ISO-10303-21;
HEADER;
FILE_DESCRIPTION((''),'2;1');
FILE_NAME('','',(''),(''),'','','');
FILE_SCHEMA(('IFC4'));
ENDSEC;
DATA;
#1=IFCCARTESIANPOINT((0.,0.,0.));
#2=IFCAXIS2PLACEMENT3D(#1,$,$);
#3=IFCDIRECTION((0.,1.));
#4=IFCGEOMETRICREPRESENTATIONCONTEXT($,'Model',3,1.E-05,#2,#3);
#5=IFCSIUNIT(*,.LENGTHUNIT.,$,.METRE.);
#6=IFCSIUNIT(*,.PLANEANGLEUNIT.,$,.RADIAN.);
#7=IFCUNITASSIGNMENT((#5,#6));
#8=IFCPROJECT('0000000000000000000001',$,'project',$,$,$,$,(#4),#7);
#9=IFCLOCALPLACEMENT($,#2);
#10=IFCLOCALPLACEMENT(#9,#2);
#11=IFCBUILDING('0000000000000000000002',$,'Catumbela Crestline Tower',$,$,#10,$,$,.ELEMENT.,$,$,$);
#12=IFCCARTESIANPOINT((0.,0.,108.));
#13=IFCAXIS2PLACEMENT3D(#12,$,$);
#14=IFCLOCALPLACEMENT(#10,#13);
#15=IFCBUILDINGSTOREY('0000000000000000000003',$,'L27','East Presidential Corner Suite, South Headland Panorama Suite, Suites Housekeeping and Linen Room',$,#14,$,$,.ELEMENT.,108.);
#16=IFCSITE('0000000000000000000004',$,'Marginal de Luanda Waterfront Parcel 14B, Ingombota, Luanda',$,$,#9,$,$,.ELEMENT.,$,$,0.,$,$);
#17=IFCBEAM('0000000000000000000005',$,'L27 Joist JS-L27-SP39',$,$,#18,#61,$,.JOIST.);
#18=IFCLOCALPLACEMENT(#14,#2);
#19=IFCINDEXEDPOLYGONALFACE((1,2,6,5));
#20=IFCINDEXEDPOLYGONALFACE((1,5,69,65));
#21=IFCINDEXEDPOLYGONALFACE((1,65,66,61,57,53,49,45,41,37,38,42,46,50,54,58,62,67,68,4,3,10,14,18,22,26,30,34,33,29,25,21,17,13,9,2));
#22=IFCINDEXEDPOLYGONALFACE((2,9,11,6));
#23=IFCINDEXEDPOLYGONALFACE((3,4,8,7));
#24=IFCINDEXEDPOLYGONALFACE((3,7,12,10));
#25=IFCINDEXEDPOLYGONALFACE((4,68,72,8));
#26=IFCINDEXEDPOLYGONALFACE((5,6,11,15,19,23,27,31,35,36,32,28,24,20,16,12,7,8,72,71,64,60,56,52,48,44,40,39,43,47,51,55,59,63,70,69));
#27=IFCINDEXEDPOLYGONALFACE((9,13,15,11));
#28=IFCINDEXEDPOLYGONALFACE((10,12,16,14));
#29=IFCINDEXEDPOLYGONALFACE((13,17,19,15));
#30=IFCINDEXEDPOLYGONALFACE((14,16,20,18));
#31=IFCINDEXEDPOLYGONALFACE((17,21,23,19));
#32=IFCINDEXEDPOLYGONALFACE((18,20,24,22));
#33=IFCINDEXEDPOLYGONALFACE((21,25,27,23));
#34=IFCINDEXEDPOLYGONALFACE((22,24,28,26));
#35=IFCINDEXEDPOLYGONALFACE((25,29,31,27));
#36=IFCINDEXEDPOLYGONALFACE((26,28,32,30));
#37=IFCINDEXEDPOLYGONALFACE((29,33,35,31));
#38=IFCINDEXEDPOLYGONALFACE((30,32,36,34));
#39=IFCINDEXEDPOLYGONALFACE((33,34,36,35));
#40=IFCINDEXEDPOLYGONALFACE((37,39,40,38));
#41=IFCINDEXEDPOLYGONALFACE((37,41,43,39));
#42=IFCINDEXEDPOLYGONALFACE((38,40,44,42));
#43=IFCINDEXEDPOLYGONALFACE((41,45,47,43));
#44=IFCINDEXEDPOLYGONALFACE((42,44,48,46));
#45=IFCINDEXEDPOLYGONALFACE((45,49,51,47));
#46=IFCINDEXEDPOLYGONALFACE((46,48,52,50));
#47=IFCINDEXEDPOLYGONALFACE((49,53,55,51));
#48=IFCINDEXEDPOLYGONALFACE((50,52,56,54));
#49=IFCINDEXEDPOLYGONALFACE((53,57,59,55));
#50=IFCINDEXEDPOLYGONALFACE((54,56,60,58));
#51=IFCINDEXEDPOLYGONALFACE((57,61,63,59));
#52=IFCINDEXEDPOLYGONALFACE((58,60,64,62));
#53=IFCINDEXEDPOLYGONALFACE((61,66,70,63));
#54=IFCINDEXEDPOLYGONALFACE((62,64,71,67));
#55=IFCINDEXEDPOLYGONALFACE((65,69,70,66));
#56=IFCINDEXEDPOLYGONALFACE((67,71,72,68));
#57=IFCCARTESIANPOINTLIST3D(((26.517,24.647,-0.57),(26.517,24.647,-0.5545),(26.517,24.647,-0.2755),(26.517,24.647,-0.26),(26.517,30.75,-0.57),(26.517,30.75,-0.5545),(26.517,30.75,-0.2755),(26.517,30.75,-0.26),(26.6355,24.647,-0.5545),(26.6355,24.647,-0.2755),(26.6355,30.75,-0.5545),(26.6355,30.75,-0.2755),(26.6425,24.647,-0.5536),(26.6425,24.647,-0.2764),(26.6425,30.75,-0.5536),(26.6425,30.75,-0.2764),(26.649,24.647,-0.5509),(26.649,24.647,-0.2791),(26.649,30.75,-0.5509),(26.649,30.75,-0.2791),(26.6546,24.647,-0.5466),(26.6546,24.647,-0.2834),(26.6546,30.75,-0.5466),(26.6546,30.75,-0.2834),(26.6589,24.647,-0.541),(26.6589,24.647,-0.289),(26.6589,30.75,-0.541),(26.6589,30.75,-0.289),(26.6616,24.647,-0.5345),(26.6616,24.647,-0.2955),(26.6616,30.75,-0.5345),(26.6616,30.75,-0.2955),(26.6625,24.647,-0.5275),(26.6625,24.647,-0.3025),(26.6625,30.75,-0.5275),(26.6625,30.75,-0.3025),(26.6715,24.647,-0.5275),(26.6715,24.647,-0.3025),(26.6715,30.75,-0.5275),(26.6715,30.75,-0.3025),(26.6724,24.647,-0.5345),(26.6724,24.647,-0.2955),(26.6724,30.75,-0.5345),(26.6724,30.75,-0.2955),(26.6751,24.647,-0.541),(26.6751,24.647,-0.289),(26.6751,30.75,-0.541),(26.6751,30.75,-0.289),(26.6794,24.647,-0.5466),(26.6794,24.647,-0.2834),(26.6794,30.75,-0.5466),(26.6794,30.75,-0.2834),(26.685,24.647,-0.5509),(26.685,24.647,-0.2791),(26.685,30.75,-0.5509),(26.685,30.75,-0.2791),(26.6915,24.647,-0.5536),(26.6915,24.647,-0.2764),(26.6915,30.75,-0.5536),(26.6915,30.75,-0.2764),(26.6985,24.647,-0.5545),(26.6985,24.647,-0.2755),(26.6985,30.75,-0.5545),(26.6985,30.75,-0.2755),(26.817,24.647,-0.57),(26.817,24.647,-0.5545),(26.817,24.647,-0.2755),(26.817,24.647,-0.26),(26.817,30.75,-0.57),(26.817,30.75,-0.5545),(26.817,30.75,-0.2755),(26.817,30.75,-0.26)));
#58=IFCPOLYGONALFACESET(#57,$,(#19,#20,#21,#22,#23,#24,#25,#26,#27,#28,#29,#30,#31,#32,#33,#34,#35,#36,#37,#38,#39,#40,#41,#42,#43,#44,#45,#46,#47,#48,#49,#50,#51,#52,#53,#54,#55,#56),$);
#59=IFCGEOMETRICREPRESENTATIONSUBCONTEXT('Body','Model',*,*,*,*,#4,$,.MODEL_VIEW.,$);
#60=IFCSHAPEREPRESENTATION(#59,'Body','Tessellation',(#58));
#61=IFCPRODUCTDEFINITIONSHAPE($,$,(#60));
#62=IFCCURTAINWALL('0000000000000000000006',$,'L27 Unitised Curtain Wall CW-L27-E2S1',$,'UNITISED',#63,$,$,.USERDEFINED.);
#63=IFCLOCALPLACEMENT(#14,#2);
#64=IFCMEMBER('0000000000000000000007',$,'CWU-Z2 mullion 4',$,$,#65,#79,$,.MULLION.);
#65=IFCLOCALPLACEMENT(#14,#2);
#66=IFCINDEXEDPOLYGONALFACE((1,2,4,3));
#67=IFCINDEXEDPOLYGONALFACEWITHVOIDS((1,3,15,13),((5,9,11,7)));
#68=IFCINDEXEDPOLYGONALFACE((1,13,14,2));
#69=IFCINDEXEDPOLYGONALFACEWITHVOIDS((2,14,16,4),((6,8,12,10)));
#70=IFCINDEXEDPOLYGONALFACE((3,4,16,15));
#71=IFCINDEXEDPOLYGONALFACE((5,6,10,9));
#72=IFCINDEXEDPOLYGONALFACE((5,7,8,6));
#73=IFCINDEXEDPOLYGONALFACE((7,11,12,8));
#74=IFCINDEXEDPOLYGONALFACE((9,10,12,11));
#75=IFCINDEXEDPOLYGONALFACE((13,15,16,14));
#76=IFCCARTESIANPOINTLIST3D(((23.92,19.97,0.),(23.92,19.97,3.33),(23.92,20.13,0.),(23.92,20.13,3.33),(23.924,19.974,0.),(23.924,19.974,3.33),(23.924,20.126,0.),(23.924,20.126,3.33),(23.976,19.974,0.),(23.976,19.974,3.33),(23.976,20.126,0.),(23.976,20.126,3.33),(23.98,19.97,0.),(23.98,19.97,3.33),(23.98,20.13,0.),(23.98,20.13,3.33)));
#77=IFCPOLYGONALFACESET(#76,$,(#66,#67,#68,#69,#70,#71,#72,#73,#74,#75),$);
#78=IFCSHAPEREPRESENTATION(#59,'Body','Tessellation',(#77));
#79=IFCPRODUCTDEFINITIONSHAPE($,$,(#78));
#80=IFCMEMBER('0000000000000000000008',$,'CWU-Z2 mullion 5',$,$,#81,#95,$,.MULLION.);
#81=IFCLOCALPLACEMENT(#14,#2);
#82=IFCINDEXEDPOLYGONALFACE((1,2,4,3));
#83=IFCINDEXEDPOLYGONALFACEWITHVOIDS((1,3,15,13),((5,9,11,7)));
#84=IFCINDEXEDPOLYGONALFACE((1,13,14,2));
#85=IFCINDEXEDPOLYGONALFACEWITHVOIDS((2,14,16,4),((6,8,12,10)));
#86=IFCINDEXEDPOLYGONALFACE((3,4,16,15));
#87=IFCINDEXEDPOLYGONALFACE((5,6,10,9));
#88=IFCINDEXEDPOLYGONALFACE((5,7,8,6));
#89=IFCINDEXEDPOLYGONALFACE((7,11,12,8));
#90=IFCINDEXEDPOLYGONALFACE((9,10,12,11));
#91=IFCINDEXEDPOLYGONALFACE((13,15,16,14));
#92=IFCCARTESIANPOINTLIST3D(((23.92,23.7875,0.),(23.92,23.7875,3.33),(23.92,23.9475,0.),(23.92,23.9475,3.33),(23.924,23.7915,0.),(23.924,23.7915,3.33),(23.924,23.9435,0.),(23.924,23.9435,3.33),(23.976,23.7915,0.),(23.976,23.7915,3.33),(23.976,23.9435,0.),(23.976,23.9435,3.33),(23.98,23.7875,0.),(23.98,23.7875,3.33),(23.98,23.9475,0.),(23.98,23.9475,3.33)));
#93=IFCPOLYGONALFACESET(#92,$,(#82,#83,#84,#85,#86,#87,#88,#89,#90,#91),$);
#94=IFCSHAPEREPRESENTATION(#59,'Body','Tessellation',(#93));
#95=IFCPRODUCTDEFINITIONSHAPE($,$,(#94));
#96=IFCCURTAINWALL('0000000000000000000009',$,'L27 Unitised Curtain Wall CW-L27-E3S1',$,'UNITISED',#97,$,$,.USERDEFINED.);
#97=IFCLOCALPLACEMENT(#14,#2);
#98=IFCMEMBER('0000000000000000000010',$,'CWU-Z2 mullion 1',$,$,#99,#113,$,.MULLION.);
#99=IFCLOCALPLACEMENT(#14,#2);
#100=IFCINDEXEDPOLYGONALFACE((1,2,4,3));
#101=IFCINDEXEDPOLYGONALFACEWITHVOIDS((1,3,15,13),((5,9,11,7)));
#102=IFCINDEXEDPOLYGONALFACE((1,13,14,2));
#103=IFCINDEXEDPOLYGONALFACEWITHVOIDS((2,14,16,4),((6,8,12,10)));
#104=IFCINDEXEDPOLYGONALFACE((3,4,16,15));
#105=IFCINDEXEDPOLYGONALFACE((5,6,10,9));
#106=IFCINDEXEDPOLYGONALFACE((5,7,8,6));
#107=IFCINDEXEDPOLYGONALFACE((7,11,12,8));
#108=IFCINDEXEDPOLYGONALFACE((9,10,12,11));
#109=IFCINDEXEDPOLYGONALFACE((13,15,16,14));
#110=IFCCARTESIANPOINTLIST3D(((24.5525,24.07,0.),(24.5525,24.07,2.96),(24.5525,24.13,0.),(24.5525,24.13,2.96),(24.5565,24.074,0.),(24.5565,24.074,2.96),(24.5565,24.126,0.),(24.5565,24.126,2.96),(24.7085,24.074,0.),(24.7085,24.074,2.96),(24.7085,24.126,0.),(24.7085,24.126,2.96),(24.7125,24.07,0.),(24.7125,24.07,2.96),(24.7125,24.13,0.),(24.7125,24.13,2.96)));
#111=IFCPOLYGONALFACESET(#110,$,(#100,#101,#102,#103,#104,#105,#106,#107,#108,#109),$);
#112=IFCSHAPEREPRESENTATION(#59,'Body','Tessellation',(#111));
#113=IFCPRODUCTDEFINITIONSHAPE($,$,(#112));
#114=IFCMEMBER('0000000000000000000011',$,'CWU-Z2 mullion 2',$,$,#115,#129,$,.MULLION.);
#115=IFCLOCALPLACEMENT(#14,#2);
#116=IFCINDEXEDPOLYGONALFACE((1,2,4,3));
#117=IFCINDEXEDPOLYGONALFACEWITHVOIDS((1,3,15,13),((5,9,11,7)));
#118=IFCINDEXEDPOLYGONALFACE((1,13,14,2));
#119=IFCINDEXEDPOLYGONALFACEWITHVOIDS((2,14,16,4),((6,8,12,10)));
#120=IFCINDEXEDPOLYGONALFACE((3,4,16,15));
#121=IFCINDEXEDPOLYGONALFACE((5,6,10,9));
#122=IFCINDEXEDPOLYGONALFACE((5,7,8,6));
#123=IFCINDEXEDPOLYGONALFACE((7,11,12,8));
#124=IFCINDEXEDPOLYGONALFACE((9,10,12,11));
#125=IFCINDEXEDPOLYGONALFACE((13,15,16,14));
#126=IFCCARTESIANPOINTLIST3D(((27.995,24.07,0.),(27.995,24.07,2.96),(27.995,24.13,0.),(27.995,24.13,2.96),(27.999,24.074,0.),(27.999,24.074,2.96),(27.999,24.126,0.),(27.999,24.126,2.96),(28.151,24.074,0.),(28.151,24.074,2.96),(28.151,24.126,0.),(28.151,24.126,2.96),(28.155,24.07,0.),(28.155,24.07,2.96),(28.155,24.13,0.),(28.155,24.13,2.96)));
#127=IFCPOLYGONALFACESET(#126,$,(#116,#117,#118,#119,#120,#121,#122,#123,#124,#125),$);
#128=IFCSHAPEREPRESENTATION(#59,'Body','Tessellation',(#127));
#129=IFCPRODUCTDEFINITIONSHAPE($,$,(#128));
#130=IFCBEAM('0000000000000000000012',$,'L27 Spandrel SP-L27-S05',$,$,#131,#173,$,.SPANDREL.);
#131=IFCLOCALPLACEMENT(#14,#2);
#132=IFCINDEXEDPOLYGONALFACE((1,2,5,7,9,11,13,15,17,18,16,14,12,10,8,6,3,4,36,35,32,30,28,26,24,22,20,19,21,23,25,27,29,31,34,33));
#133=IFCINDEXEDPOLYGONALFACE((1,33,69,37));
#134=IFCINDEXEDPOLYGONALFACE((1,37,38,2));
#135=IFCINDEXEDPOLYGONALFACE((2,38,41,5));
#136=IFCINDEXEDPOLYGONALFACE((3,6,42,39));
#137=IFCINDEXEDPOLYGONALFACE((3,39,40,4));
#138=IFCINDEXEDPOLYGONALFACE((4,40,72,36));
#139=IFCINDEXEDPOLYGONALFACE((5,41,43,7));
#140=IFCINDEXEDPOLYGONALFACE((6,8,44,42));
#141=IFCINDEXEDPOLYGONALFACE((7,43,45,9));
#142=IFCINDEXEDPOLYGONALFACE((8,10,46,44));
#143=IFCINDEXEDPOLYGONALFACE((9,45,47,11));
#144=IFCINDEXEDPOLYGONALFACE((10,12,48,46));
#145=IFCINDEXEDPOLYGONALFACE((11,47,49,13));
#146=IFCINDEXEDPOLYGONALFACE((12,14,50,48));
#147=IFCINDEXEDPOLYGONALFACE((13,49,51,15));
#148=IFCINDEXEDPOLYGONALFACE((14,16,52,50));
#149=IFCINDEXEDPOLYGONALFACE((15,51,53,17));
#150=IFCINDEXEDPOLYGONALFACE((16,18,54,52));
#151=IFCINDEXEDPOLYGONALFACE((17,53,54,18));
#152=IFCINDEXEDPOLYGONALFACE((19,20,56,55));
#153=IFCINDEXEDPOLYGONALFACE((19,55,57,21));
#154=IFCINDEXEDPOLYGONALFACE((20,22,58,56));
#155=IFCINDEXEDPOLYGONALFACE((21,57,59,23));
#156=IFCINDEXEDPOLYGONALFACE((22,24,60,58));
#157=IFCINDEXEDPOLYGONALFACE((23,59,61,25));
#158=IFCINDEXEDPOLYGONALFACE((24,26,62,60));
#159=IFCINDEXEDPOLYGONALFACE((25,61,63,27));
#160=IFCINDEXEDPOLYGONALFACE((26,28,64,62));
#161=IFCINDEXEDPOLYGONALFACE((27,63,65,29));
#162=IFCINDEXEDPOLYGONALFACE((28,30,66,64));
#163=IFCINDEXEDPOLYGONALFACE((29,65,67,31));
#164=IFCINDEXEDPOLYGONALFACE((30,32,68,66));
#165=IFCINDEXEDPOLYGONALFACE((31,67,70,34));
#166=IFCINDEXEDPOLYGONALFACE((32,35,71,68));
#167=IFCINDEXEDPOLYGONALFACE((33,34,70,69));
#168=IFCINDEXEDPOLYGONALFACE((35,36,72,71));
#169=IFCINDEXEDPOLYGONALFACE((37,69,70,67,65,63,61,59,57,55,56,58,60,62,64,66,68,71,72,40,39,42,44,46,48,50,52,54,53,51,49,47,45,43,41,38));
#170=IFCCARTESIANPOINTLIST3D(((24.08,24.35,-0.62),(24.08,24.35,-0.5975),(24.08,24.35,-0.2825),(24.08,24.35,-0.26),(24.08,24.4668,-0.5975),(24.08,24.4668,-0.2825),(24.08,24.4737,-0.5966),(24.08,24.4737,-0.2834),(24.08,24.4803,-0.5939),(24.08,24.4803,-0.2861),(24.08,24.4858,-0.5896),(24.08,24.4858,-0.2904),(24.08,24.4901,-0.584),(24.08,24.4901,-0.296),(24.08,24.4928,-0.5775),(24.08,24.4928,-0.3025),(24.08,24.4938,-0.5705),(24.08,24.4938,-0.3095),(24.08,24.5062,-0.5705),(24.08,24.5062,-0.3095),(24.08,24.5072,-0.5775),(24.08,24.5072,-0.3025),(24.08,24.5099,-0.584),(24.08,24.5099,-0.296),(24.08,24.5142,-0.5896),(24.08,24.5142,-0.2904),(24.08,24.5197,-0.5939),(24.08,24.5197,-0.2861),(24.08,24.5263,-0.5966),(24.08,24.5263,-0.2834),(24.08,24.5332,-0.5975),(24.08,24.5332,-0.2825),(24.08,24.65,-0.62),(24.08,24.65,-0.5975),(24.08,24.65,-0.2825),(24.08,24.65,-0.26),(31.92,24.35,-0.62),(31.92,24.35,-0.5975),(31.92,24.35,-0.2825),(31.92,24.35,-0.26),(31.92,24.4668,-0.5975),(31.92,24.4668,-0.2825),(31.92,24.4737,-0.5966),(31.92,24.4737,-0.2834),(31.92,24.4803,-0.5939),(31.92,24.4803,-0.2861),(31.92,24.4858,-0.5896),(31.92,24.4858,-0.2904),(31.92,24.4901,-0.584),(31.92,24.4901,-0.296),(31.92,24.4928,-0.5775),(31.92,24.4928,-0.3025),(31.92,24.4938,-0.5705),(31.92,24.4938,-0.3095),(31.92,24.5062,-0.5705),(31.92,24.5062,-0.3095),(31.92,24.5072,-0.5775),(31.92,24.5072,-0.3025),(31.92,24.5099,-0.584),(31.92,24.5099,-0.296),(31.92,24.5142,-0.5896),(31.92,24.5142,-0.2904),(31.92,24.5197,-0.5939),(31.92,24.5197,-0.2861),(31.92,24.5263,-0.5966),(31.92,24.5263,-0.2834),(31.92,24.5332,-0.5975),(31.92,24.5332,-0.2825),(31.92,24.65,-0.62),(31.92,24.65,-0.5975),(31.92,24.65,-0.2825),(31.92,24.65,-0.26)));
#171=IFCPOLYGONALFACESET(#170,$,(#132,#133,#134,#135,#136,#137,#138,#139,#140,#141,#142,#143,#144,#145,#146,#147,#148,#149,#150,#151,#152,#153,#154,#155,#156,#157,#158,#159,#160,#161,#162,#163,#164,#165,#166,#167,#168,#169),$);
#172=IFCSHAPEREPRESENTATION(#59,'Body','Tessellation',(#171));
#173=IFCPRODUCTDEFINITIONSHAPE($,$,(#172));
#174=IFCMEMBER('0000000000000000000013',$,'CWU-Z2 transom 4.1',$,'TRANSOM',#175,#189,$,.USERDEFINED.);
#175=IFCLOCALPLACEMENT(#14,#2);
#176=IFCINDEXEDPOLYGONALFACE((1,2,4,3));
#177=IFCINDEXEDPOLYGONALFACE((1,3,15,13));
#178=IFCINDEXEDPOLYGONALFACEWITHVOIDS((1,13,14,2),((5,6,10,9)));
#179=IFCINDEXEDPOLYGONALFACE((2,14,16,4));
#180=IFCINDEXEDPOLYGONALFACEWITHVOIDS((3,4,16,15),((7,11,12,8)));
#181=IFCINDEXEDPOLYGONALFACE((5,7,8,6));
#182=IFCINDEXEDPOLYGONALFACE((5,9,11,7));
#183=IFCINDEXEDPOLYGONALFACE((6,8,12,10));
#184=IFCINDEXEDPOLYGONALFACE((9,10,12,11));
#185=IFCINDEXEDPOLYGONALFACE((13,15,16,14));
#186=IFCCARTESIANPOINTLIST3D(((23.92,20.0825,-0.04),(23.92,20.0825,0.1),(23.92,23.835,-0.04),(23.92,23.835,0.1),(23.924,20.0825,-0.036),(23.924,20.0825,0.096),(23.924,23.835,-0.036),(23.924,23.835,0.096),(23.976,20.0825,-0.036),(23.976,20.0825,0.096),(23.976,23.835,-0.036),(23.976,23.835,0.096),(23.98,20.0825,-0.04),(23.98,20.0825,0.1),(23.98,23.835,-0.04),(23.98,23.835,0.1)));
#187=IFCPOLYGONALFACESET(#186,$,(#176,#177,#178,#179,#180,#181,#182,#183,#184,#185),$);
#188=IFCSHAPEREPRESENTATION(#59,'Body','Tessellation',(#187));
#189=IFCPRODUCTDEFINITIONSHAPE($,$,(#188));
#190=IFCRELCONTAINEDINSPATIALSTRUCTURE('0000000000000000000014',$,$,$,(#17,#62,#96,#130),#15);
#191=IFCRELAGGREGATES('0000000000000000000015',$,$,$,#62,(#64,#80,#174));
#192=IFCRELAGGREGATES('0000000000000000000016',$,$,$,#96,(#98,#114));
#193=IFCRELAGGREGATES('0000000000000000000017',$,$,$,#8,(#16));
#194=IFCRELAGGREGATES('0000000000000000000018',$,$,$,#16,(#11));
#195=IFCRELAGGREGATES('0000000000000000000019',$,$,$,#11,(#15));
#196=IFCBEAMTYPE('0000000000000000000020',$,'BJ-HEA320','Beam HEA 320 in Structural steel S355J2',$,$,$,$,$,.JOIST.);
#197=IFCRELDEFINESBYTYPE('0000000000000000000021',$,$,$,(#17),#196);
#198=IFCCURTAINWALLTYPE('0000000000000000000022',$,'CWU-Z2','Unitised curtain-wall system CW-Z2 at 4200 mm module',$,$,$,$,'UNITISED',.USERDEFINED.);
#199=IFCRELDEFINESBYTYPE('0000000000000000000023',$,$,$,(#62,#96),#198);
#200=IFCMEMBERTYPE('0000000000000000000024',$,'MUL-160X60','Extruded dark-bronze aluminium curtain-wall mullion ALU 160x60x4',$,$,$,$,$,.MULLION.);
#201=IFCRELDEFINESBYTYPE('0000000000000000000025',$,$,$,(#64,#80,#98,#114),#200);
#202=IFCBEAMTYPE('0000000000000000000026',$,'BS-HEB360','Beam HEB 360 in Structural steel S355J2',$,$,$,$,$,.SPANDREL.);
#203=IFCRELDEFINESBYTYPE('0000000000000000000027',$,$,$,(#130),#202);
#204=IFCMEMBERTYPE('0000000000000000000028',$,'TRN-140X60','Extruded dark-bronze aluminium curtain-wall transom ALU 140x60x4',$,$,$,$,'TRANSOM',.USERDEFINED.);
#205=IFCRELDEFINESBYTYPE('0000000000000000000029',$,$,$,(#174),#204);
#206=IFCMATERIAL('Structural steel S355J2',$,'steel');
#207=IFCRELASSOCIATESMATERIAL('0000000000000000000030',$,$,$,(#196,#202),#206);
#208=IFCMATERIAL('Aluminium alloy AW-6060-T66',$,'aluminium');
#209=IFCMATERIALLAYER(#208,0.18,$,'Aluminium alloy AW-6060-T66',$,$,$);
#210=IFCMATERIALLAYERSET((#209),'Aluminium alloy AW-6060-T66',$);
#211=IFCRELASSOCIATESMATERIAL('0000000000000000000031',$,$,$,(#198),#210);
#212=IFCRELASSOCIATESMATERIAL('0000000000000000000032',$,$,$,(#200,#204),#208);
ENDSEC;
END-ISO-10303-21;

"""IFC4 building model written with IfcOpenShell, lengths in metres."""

from ifc_helpers import new_model, si_unit, direction, frame, origin, origin_2d, place, context, subcontext, project, spatial, hollow_rectangle, i_section, extrude, material, layer, layer_set, material_profile, profile_set, type_object, element, aggregate, save


model = new_model("IFC4")

# Units and contexts
model_context = context("Model", 3, precision=1e-05, world=origin(), true_north=direction((0.0, 1.0)))
body_context = subcontext(model_context, "Body", "Model", "MODEL_VIEW")
ifc_project = project(units=[si_unit("LENGTHUNIT", "METRE"), si_unit("PLANEANGLEUNIT", "RADIAN")], contexts=[model_context])

# Site, building, storey
site_placement = place(None, origin())
site = spatial("IfcSite", under=ifc_project, at=site_placement, Name="Marginal de Luanda Waterfront Parcel 14B, Ingombota, Luanda", CompositionType="ELEMENT", RefElevation=0.0)
building_placement = place(site_placement, origin())
building = spatial("IfcBuilding", under=site, at=building_placement, Name="Catumbela Crestline Tower", CompositionType="ELEMENT")
storey_placement = place(building_placement, frame((0.0, 0.0, 108.0)))
storey = spatial("IfcBuildingStorey", under=building, at=storey_placement, Name="L27", Description="East Presidential Corner Suite, South Headland Panorama Suite, Suites Housekeeping and Linen Room", CompositionType="ELEMENT", Elevation=108.0)

# Beam
ifc_material_1 = material(Name="Structural steel S355J2", Category="steel")
ifc_material_profile_1 = material_profile(ifc_material_1, i_section(OverallWidth=0.3, OverallDepth=0.31, WebThickness=0.009, FlangeThickness=0.0155, FilletRadius=0.027, at=origin_2d()), Name="HEA 320")
ifc_profile_set_1 = profile_set([ifc_material_profile_1], Name="Structural steel S355J2")
beam_type_1 = type_object("IfcBeamType", Name="BJ-HEA320", Description="Beam HEA 320 in Structural steel S355J2", PredefinedType="JOIST", material=ifc_profile_set_1)
for number, where, z_axis, x_axis, name in (
    (1, (26.667, 24.647, -0.415), (0.0, 1.0, 0.0), (-1.0, 0.0, 0.0), "L27 Joist JS-L27-SP39"),
):
    element("IfcBeam", number, at=place(storey_placement, frame(where, z_axis=z_axis, x_axis=x_axis)), inside=storey, type_object=beam_type_1, Name=name, PredefinedType="JOIST", context=body_context, shape_type="SweptSolid", body=[
        extrude(i_section(OverallWidth=0.3, OverallDepth=0.31, WebThickness=0.009, FlangeThickness=0.0155, FilletRadius=0.027, at=origin_2d()), origin(), (0.0, 0.0, 1.0), 6.103),
    ])

# Curtain walls, members
ifc_material_2 = material(Name="Aluminium alloy AW-6060-T66", Category="aluminium")
ifc_layer_1 = layer(ifc_material_2, 0.18, Name="Aluminium alloy AW-6060-T66")
ifc_layer_set_1 = layer_set([ifc_layer_1], Name="Aluminium alloy AW-6060-T66")
curtain_wall_type = type_object("IfcCurtainWallType", Name="CWU-Z2", Description="Unitised curtain-wall system CW-Z2 at 4200 mm module", ElementType="UNITISED", PredefinedType="USERDEFINED", material=ifc_layer_set_1)
curtain_wall_1_placement = place(storey_placement, origin())
curtain_wall_1 = element("IfcCurtainWall", 2, at=curtain_wall_1_placement, inside=storey, type_object=curtain_wall_type, Name="L27 Unitised Curtain Wall CW-L27-E2S1", ObjectType="UNITISED", PredefinedType="USERDEFINED")
ifc_material_profile_2 = material_profile(ifc_material_2, hollow_rectangle(XDim=0.06, YDim=0.16, WallThickness=0.004, at=origin_2d()), Name="ALU 160x60x4")
ifc_profile_set_2 = profile_set([ifc_material_profile_2], Name="Aluminium alloy AW-6060-T66")
member_type_1 = type_object("IfcMemberType", Name="MUL-160X60", Description="Extruded dark-bronze aluminium curtain-wall mullion ALU 160x60x4", PredefinedType="MULLION", material=ifc_profile_set_2)
member_1_placement = place(storey_placement, frame((23.95, 20.05, 0.0), z_axis=(0.0, 0.0, 1.0), x_axis=(-1.0, 0.0, 0.0)))
member_1 = element("IfcMember", 3, at=member_1_placement, type_object=member_type_1, Name="CWU-Z2 mullion 4", PredefinedType="MULLION", context=body_context, shape_type="SweptSolid", body=[
    extrude(hollow_rectangle(XDim=0.06, YDim=0.16, WallThickness=0.004, at=origin_2d()), origin(), (0.0, 0.0, 1.0), 3.33),
])
member_2_placement = place(storey_placement, frame((23.95, 23.8675, 0.0), z_axis=(0.0, 0.0, 1.0), x_axis=(-1.0, 0.0, 0.0)))
member_2 = element("IfcMember", 4, at=member_2_placement, type_object=member_type_1, Name="CWU-Z2 mullion 5", PredefinedType="MULLION", context=body_context, shape_type="SweptSolid", body=[
    extrude(hollow_rectangle(XDim=0.06, YDim=0.16, WallThickness=0.004, at=origin_2d()), origin(), (0.0, 0.0, 1.0), 3.33),
])
curtain_wall_2_placement = place(storey_placement, origin())
curtain_wall_2 = element("IfcCurtainWall", 5, at=curtain_wall_2_placement, inside=storey, type_object=curtain_wall_type, Name="L27 Unitised Curtain Wall CW-L27-E3S1", ObjectType="UNITISED", PredefinedType="USERDEFINED")
member_3_placement = place(storey_placement, frame((24.6325, 24.1, 0.0), z_axis=(0.0, 0.0, 1.0), x_axis=(0.0, 1.0, 0.0)))
member_3 = element("IfcMember", 6, at=member_3_placement, type_object=member_type_1, Name="CWU-Z2 mullion 1", PredefinedType="MULLION", context=body_context, shape_type="SweptSolid", body=[
    extrude(hollow_rectangle(XDim=0.06, YDim=0.16, WallThickness=0.004, at=origin_2d()), origin(), (0.0, 0.0, 1.0), 2.96),
])
member_4_placement = place(storey_placement, frame((28.075, 24.1, 0.0), z_axis=(0.0, 0.0, 1.0), x_axis=(0.0, 1.0, 0.0)))
member_4 = element("IfcMember", 7, at=member_4_placement, type_object=member_type_1, Name="CWU-Z2 mullion 2", PredefinedType="MULLION", context=body_context, shape_type="SweptSolid", body=[
    extrude(hollow_rectangle(XDim=0.06, YDim=0.16, WallThickness=0.004, at=origin_2d()), origin(), (0.0, 0.0, 1.0), 2.96),
])

# Beam
ifc_material_profile_3 = material_profile(ifc_material_1, i_section(OverallWidth=0.3, OverallDepth=0.36, WebThickness=0.0125, FlangeThickness=0.0225, FilletRadius=0.027, at=origin_2d()), Name="HEB 360")
ifc_profile_set_3 = profile_set([ifc_material_profile_3], Name="Structural steel S355J2")
beam_type_2 = type_object("IfcBeamType", Name="BS-HEB360", Description="Beam HEB 360 in Structural steel S355J2", PredefinedType="SPANDREL", material=ifc_profile_set_3)
beam_1_placement = place(storey_placement, frame((24.08, 24.5, -0.44), z_axis=(1.0, 0.0, 0.0), x_axis=(0.0, 1.0, 0.0)))
element("IfcBeam", 8, at=beam_1_placement, inside=storey, type_object=beam_type_2, Name="L27 Spandrel SP-L27-S05", PredefinedType="SPANDREL", context=body_context, shape_type="SweptSolid", body=[
    extrude(i_section(OverallWidth=0.3, OverallDepth=0.36, WebThickness=0.0125, FlangeThickness=0.0225, FilletRadius=0.027, at=origin_2d()), origin(), (0.0, 0.0, 1.0), 7.84),
])

# Member
ifc_material_profile_4 = material_profile(ifc_material_2, hollow_rectangle(XDim=0.06, YDim=0.14, WallThickness=0.004, at=origin_2d()), Name="ALU 140x60x4")
ifc_profile_set_4 = profile_set([ifc_material_profile_4], Name="Aluminium alloy AW-6060-T66")
member_type_2 = type_object("IfcMemberType", Name="TRN-140X60", Description="Extruded dark-bronze aluminium curtain-wall transom ALU 140x60x4", ElementType="TRANSOM", PredefinedType="USERDEFINED", material=ifc_profile_set_4)
member_5_placement = place(storey_placement, frame((23.95, 20.0825, 0.03), z_axis=(0.0, 1.0, 0.0), x_axis=(-1.0, 0.0, 0.0)))
member_5 = element("IfcMember", 9, at=member_5_placement, type_object=member_type_2, Name="CWU-Z2 transom 4.1", ObjectType="TRANSOM", PredefinedType="USERDEFINED", context=body_context, shape_type="SweptSolid", body=[
    extrude(hollow_rectangle(XDim=0.06, YDim=0.14, WallThickness=0.004, at=origin_2d()), origin(), (0.0, 0.0, 1.0), 3.7525),
])

aggregate(curtain_wall_1, [member_1, member_2, member_5])
aggregate(curtain_wall_2, [member_3, member_4])

save(model, "model.ifc")
